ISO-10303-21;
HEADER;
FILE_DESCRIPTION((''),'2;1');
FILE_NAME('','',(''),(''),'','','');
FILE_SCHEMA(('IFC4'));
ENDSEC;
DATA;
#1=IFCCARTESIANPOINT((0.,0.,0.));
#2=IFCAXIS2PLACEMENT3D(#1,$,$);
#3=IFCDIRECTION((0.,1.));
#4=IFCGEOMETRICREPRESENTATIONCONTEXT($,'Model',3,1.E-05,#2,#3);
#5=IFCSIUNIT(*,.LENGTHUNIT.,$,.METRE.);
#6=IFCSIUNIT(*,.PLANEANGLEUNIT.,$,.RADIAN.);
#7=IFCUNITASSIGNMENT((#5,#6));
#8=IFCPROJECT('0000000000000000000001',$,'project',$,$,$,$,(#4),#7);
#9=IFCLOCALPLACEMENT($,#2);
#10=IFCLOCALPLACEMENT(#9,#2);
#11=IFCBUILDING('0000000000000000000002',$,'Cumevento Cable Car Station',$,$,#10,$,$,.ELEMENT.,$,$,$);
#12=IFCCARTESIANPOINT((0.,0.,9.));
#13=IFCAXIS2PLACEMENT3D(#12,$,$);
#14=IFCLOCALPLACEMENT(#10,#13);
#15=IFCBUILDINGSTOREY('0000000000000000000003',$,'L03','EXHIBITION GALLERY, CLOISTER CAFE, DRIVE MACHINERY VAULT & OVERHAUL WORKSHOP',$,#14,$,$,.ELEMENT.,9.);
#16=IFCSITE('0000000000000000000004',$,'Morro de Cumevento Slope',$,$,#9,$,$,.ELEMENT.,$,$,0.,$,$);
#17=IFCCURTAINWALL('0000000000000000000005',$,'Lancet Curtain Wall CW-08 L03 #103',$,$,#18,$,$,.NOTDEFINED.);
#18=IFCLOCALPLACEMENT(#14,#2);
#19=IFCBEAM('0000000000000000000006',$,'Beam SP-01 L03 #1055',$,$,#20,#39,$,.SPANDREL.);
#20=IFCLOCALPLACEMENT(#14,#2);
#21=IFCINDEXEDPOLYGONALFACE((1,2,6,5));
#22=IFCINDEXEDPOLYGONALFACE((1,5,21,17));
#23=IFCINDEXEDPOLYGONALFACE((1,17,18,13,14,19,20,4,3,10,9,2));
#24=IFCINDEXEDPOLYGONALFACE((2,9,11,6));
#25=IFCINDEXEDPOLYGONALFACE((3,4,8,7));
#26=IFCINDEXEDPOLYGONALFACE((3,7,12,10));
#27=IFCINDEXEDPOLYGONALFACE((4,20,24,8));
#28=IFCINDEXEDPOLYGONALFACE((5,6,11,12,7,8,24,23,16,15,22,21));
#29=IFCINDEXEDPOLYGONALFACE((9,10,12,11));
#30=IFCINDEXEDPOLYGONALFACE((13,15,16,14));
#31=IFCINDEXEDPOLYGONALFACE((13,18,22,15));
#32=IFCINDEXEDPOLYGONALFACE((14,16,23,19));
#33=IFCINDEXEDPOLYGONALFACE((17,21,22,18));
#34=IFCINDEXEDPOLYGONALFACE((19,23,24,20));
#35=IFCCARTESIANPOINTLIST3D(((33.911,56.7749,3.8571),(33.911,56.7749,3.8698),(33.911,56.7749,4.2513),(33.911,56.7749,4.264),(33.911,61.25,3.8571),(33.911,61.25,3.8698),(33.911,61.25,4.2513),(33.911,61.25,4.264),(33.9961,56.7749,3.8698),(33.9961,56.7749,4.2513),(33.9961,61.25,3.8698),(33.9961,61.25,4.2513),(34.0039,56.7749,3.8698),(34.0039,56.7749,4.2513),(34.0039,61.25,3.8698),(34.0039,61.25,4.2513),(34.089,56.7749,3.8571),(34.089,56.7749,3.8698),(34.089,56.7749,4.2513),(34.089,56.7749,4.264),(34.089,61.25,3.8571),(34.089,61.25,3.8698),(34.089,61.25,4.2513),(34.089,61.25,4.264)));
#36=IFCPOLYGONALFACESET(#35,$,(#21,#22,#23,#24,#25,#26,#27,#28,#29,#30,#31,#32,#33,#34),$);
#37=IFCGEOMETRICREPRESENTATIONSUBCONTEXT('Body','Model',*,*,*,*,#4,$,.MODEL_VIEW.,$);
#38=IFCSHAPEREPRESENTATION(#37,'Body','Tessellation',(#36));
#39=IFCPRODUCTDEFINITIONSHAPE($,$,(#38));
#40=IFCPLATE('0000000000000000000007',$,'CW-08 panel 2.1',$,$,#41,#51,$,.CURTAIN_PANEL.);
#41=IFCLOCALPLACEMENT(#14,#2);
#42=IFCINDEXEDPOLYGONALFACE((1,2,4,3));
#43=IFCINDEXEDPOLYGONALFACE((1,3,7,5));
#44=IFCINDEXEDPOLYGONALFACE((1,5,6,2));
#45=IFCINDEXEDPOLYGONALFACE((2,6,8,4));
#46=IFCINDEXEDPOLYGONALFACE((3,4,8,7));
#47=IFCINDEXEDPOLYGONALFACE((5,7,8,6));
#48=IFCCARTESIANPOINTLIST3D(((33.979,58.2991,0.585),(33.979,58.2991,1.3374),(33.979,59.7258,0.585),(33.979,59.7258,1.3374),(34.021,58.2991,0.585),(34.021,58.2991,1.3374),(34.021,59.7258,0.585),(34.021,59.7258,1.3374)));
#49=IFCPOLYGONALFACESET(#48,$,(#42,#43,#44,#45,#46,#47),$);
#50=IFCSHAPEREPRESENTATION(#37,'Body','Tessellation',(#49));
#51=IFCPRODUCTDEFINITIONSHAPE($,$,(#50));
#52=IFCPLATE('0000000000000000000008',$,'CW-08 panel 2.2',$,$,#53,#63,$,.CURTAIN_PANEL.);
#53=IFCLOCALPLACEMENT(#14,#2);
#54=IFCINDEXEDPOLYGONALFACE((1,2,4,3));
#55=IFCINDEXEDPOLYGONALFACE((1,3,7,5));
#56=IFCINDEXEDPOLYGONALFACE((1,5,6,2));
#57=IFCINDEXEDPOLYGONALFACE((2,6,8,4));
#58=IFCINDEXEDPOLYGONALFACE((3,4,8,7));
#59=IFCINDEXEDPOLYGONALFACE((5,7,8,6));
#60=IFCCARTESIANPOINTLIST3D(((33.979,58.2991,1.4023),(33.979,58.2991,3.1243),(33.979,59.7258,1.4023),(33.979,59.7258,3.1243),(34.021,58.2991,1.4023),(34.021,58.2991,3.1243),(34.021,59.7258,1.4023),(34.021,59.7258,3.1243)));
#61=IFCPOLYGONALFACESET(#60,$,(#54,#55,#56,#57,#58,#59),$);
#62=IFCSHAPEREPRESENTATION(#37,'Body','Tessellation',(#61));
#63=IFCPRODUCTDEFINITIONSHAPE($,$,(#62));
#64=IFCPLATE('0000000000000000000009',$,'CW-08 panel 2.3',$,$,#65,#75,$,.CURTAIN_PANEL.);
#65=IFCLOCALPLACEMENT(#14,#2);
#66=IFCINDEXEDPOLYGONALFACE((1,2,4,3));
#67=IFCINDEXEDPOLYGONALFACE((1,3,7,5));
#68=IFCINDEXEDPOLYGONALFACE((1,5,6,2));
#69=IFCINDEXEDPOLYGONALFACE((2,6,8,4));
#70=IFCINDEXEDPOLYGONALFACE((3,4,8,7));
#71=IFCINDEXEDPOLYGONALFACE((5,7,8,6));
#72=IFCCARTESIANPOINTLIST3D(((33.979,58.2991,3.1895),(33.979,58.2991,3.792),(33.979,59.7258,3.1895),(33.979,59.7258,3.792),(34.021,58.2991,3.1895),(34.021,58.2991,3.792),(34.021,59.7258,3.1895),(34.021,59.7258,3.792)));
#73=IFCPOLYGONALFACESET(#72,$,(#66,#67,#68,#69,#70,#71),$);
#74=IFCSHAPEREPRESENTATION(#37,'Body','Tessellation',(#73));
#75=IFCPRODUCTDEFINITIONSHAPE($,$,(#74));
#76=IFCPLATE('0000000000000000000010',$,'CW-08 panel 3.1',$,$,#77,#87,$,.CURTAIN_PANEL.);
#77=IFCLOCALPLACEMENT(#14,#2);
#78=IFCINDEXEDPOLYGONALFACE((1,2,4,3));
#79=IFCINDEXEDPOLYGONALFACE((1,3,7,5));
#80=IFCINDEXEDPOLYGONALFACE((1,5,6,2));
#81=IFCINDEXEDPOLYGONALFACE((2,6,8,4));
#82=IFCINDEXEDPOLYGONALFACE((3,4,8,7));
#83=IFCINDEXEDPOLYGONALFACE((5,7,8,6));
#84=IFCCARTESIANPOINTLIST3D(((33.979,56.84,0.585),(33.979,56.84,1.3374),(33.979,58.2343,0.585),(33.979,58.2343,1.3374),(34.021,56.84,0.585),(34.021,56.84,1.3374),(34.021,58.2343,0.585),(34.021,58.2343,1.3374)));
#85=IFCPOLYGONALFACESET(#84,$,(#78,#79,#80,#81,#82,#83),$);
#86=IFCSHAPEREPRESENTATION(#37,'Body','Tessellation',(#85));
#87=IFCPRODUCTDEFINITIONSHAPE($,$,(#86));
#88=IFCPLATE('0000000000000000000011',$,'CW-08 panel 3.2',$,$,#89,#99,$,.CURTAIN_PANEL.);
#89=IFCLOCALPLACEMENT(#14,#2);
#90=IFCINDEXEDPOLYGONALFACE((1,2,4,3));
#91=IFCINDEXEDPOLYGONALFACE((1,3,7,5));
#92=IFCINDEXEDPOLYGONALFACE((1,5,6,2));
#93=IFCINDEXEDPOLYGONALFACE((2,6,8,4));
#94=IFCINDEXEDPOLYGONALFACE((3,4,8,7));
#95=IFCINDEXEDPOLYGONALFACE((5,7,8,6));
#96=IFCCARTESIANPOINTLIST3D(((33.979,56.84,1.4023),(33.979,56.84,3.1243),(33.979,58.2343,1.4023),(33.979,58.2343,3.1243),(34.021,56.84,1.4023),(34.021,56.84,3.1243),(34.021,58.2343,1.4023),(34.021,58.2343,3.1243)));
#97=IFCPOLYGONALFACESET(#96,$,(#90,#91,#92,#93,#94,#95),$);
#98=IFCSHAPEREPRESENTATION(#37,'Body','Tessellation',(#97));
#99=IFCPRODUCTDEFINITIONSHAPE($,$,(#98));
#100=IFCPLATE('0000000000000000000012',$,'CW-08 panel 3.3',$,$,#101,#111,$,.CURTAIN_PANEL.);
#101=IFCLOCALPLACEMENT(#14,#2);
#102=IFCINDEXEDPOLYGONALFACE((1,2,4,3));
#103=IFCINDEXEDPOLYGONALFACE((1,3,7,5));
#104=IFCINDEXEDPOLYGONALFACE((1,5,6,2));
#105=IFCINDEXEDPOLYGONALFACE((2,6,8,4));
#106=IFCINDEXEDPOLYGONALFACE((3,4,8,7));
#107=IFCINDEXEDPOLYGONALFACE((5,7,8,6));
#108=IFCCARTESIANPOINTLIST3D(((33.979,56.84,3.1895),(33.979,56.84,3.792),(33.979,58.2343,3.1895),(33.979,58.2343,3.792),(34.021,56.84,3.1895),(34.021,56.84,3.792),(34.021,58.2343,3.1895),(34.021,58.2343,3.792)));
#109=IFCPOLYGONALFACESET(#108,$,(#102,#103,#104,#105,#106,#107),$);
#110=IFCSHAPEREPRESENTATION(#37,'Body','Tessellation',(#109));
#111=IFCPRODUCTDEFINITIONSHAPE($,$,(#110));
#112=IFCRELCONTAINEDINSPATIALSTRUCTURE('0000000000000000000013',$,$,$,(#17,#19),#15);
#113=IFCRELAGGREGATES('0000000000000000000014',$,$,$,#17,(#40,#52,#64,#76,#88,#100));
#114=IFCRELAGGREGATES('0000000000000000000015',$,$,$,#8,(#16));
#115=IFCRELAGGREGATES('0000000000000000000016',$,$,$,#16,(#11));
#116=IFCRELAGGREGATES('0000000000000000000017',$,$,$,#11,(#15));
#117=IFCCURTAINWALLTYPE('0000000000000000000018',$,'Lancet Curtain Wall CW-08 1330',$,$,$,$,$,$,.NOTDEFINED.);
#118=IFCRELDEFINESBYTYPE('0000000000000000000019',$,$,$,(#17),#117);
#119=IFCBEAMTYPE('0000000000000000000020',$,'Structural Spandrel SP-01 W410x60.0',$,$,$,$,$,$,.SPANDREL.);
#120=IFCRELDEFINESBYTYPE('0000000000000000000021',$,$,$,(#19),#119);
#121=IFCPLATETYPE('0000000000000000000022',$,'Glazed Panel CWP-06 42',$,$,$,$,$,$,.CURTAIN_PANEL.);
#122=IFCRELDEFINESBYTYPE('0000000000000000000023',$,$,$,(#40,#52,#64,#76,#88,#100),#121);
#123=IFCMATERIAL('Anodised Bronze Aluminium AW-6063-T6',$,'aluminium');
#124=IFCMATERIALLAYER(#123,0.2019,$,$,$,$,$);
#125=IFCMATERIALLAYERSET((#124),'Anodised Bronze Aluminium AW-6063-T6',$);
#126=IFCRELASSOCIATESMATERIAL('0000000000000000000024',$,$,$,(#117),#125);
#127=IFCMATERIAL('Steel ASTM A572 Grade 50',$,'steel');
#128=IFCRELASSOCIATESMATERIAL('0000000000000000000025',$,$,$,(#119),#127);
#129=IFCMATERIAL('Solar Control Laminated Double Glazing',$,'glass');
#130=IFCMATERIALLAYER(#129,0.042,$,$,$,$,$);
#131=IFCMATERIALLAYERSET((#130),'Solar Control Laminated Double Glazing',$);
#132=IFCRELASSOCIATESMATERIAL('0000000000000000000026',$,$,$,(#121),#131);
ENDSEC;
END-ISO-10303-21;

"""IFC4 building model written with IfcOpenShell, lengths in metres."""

from ifc_helpers import new_model, si_unit, direction, frame, origin, origin_2d, place, context, subcontext, project, spatial, rectangle, i_section, extrude, material, layer, layer_set, material_profile, profile_set, type_object, element, aggregate, save


model = new_model("IFC4")

# Units and contexts
model_context = context("Model", 3, precision=1e-05, world=origin(), true_north=direction((0.0, 1.0)))
body_context = subcontext(model_context, "Body", "Model", "MODEL_VIEW")
ifc_project = project(units=[si_unit("LENGTHUNIT", "METRE"), si_unit("PLANEANGLEUNIT", "RADIAN")], contexts=[model_context])

# Site, building, storey
site_placement = place(None, origin())
site = spatial("IfcSite", under=ifc_project, at=site_placement, Name="Morro de Cumevento Slope", CompositionType="ELEMENT", RefElevation=0.0)
building_placement = place(site_placement, origin())
building = spatial("IfcBuilding", under=site, at=building_placement, Name="Cumevento Cable Car Station", CompositionType="ELEMENT")
storey_placement = place(building_placement, frame((0.0, 0.0, 9.0)))
storey = spatial("IfcBuildingStorey", under=building, at=storey_placement, Name="L03", Description="EXHIBITION GALLERY, CLOISTER CAFE, DRIVE MACHINERY VAULT & OVERHAUL WORKSHOP", CompositionType="ELEMENT", Elevation=9.0)

# Curtain wall
ifc_material_1 = material(Name="Anodised Bronze Aluminium AW-6063-T6", Category="aluminium")
ifc_layer_1 = layer(ifc_material_1, 0.2019)
ifc_layer_set_1 = layer_set([ifc_layer_1], Name="Anodised Bronze Aluminium AW-6063-T6")
curtain_wall_type = type_object("IfcCurtainWallType", Name="Lancet Curtain Wall CW-08 1330", PredefinedType="NOTDEFINED", material=ifc_layer_set_1)
curtain_wall_placement = place(storey_placement, origin())
curtain_wall = element("IfcCurtainWall", 1, at=curtain_wall_placement, inside=storey, type_object=curtain_wall_type, Name="Lancet Curtain Wall CW-08 L03 #103", PredefinedType="NOTDEFINED")

# Beam
ifc_material_2 = material(Name="Steel ASTM A572 Grade 50", Category="steel")
ifc_material_profile_1 = material_profile(ifc_material_2, i_section(OverallWidth=0.178, OverallDepth=0.407, WebThickness=0.0078, FlangeThickness=0.0127, at=origin_2d()), Name="W410x60.0")
ifc_profile_set_1 = profile_set([ifc_material_profile_1], Name="Steel ASTM A572 Grade 50")
beam_type = type_object("IfcBeamType", Name="Structural Spandrel SP-01 W410x60.0", PredefinedType="SPANDREL", material=ifc_profile_set_1)
beam_placement = place(storey_placement, frame((34.0, 56.7749, 4.0605), z_axis=(0.0, 1.0, 0.0), x_axis=(-1.0, 0.0, 0.0)))
element("IfcBeam", 2, at=beam_placement, inside=storey, type_object=beam_type, Name="Beam SP-01 L03 #1055", PredefinedType="SPANDREL", context=body_context, shape_type="SweptSolid", body=[
    extrude(i_section(OverallWidth=0.178, OverallDepth=0.407, WebThickness=0.0078, FlangeThickness=0.0127, at=origin_2d()), origin(), (0.0, 0.0, 1.0), 4.4751),
])

# Plates
ifc_material_3 = material(Name="Solar Control Laminated Double Glazing", Category="glass")
ifc_layer_2 = layer(ifc_material_3, 0.042)
ifc_layer_set_2 = layer_set([ifc_layer_2], Name="Solar Control Laminated Double Glazing")
plate_type = type_object("IfcPlateType", Name="Glazed Panel CWP-06 42", PredefinedType="CURTAIN_PANEL", material=ifc_layer_set_2)
plate_1_placement = place(storey_placement, frame((34.0, 59.0125, 0.585), z_axis=(0.0, 0.0, 1.0), x_axis=(0.0, -1.0, 0.0)))
plate_1 = element("IfcPlate", 3, at=plate_1_placement, type_object=plate_type, Name="CW-08 panel 2.1", PredefinedType="CURTAIN_PANEL", context=body_context, shape_type="SweptSolid", body=[
    extrude(rectangle(XDim=1.4268, YDim=0.042, at=origin_2d()), origin(), (0.0, 0.0, 1.0), 0.7524),
])
plate_2_placement = place(storey_placement, frame((34.0, 59.0125, 1.4023), z_axis=(0.0, 0.0, 1.0), x_axis=(0.0, -1.0, 0.0)))
plate_2 = element("IfcPlate", 4, at=plate_2_placement, type_object=plate_type, Name="CW-08 panel 2.2", PredefinedType="CURTAIN_PANEL", context=body_context, shape_type="SweptSolid", body=[
    extrude(rectangle(XDim=1.4268, YDim=0.042, at=origin_2d()), origin(), (0.0, 0.0, 1.0), 1.7219),
])
plate_3_placement = place(storey_placement, frame((34.0, 59.0125, 3.1895), z_axis=(0.0, 0.0, 1.0), x_axis=(0.0, -1.0, 0.0)))
plate_3 = element("IfcPlate", 5, at=plate_3_placement, type_object=plate_type, Name="CW-08 panel 2.3", PredefinedType="CURTAIN_PANEL", context=body_context, shape_type="SweptSolid", body=[
    extrude(rectangle(XDim=1.4268, YDim=0.042, at=origin_2d()), origin(), (0.0, 0.0, 1.0), 0.6025),
])
plate_4_placement = place(storey_placement, frame((34.0, 57.5371, 0.585), z_axis=(0.0, 0.0, 1.0), x_axis=(0.0, -1.0, 0.0)))
plate_4 = element("IfcPlate", 6, at=plate_4_placement, type_object=plate_type, Name="CW-08 panel 3.1", PredefinedType="CURTAIN_PANEL", context=body_context, shape_type="SweptSolid", body=[
    extrude(rectangle(XDim=1.3943, YDim=0.042, at=origin_2d()), origin(), (0.0, 0.0, 1.0), 0.7524),
])
plate_5_placement = place(storey_placement, frame((34.0, 57.5371, 1.4023), z_axis=(0.0, 0.0, 1.0), x_axis=(0.0, -1.0, 0.0)))
plate_5 = element("IfcPlate", 7, at=plate_5_placement, type_object=plate_type, Name="CW-08 panel 3.2", PredefinedType="CURTAIN_PANEL", context=body_context, shape_type="SweptSolid", body=[
    extrude(rectangle(XDim=1.3943, YDim=0.042, at=origin_2d()), origin(), (0.0, 0.0, 1.0), 1.7219),
])
plate_6_placement = place(storey_placement, frame((34.0, 57.5371, 3.1895), z_axis=(0.0, 0.0, 1.0), x_axis=(0.0, -1.0, 0.0)))
plate_6 = element("IfcPlate", 8, at=plate_6_placement, type_object=plate_type, Name="CW-08 panel 3.3", PredefinedType="CURTAIN_PANEL", context=body_context, shape_type="SweptSolid", body=[
    extrude(rectangle(XDim=1.3943, YDim=0.042, at=origin_2d()), origin(), (0.0, 0.0, 1.0), 0.6025),
])
aggregate(curtain_wall, [plate_1, plate_2, plate_3, plate_4, plate_5, plate_6])

save(model, "model.ifc")
